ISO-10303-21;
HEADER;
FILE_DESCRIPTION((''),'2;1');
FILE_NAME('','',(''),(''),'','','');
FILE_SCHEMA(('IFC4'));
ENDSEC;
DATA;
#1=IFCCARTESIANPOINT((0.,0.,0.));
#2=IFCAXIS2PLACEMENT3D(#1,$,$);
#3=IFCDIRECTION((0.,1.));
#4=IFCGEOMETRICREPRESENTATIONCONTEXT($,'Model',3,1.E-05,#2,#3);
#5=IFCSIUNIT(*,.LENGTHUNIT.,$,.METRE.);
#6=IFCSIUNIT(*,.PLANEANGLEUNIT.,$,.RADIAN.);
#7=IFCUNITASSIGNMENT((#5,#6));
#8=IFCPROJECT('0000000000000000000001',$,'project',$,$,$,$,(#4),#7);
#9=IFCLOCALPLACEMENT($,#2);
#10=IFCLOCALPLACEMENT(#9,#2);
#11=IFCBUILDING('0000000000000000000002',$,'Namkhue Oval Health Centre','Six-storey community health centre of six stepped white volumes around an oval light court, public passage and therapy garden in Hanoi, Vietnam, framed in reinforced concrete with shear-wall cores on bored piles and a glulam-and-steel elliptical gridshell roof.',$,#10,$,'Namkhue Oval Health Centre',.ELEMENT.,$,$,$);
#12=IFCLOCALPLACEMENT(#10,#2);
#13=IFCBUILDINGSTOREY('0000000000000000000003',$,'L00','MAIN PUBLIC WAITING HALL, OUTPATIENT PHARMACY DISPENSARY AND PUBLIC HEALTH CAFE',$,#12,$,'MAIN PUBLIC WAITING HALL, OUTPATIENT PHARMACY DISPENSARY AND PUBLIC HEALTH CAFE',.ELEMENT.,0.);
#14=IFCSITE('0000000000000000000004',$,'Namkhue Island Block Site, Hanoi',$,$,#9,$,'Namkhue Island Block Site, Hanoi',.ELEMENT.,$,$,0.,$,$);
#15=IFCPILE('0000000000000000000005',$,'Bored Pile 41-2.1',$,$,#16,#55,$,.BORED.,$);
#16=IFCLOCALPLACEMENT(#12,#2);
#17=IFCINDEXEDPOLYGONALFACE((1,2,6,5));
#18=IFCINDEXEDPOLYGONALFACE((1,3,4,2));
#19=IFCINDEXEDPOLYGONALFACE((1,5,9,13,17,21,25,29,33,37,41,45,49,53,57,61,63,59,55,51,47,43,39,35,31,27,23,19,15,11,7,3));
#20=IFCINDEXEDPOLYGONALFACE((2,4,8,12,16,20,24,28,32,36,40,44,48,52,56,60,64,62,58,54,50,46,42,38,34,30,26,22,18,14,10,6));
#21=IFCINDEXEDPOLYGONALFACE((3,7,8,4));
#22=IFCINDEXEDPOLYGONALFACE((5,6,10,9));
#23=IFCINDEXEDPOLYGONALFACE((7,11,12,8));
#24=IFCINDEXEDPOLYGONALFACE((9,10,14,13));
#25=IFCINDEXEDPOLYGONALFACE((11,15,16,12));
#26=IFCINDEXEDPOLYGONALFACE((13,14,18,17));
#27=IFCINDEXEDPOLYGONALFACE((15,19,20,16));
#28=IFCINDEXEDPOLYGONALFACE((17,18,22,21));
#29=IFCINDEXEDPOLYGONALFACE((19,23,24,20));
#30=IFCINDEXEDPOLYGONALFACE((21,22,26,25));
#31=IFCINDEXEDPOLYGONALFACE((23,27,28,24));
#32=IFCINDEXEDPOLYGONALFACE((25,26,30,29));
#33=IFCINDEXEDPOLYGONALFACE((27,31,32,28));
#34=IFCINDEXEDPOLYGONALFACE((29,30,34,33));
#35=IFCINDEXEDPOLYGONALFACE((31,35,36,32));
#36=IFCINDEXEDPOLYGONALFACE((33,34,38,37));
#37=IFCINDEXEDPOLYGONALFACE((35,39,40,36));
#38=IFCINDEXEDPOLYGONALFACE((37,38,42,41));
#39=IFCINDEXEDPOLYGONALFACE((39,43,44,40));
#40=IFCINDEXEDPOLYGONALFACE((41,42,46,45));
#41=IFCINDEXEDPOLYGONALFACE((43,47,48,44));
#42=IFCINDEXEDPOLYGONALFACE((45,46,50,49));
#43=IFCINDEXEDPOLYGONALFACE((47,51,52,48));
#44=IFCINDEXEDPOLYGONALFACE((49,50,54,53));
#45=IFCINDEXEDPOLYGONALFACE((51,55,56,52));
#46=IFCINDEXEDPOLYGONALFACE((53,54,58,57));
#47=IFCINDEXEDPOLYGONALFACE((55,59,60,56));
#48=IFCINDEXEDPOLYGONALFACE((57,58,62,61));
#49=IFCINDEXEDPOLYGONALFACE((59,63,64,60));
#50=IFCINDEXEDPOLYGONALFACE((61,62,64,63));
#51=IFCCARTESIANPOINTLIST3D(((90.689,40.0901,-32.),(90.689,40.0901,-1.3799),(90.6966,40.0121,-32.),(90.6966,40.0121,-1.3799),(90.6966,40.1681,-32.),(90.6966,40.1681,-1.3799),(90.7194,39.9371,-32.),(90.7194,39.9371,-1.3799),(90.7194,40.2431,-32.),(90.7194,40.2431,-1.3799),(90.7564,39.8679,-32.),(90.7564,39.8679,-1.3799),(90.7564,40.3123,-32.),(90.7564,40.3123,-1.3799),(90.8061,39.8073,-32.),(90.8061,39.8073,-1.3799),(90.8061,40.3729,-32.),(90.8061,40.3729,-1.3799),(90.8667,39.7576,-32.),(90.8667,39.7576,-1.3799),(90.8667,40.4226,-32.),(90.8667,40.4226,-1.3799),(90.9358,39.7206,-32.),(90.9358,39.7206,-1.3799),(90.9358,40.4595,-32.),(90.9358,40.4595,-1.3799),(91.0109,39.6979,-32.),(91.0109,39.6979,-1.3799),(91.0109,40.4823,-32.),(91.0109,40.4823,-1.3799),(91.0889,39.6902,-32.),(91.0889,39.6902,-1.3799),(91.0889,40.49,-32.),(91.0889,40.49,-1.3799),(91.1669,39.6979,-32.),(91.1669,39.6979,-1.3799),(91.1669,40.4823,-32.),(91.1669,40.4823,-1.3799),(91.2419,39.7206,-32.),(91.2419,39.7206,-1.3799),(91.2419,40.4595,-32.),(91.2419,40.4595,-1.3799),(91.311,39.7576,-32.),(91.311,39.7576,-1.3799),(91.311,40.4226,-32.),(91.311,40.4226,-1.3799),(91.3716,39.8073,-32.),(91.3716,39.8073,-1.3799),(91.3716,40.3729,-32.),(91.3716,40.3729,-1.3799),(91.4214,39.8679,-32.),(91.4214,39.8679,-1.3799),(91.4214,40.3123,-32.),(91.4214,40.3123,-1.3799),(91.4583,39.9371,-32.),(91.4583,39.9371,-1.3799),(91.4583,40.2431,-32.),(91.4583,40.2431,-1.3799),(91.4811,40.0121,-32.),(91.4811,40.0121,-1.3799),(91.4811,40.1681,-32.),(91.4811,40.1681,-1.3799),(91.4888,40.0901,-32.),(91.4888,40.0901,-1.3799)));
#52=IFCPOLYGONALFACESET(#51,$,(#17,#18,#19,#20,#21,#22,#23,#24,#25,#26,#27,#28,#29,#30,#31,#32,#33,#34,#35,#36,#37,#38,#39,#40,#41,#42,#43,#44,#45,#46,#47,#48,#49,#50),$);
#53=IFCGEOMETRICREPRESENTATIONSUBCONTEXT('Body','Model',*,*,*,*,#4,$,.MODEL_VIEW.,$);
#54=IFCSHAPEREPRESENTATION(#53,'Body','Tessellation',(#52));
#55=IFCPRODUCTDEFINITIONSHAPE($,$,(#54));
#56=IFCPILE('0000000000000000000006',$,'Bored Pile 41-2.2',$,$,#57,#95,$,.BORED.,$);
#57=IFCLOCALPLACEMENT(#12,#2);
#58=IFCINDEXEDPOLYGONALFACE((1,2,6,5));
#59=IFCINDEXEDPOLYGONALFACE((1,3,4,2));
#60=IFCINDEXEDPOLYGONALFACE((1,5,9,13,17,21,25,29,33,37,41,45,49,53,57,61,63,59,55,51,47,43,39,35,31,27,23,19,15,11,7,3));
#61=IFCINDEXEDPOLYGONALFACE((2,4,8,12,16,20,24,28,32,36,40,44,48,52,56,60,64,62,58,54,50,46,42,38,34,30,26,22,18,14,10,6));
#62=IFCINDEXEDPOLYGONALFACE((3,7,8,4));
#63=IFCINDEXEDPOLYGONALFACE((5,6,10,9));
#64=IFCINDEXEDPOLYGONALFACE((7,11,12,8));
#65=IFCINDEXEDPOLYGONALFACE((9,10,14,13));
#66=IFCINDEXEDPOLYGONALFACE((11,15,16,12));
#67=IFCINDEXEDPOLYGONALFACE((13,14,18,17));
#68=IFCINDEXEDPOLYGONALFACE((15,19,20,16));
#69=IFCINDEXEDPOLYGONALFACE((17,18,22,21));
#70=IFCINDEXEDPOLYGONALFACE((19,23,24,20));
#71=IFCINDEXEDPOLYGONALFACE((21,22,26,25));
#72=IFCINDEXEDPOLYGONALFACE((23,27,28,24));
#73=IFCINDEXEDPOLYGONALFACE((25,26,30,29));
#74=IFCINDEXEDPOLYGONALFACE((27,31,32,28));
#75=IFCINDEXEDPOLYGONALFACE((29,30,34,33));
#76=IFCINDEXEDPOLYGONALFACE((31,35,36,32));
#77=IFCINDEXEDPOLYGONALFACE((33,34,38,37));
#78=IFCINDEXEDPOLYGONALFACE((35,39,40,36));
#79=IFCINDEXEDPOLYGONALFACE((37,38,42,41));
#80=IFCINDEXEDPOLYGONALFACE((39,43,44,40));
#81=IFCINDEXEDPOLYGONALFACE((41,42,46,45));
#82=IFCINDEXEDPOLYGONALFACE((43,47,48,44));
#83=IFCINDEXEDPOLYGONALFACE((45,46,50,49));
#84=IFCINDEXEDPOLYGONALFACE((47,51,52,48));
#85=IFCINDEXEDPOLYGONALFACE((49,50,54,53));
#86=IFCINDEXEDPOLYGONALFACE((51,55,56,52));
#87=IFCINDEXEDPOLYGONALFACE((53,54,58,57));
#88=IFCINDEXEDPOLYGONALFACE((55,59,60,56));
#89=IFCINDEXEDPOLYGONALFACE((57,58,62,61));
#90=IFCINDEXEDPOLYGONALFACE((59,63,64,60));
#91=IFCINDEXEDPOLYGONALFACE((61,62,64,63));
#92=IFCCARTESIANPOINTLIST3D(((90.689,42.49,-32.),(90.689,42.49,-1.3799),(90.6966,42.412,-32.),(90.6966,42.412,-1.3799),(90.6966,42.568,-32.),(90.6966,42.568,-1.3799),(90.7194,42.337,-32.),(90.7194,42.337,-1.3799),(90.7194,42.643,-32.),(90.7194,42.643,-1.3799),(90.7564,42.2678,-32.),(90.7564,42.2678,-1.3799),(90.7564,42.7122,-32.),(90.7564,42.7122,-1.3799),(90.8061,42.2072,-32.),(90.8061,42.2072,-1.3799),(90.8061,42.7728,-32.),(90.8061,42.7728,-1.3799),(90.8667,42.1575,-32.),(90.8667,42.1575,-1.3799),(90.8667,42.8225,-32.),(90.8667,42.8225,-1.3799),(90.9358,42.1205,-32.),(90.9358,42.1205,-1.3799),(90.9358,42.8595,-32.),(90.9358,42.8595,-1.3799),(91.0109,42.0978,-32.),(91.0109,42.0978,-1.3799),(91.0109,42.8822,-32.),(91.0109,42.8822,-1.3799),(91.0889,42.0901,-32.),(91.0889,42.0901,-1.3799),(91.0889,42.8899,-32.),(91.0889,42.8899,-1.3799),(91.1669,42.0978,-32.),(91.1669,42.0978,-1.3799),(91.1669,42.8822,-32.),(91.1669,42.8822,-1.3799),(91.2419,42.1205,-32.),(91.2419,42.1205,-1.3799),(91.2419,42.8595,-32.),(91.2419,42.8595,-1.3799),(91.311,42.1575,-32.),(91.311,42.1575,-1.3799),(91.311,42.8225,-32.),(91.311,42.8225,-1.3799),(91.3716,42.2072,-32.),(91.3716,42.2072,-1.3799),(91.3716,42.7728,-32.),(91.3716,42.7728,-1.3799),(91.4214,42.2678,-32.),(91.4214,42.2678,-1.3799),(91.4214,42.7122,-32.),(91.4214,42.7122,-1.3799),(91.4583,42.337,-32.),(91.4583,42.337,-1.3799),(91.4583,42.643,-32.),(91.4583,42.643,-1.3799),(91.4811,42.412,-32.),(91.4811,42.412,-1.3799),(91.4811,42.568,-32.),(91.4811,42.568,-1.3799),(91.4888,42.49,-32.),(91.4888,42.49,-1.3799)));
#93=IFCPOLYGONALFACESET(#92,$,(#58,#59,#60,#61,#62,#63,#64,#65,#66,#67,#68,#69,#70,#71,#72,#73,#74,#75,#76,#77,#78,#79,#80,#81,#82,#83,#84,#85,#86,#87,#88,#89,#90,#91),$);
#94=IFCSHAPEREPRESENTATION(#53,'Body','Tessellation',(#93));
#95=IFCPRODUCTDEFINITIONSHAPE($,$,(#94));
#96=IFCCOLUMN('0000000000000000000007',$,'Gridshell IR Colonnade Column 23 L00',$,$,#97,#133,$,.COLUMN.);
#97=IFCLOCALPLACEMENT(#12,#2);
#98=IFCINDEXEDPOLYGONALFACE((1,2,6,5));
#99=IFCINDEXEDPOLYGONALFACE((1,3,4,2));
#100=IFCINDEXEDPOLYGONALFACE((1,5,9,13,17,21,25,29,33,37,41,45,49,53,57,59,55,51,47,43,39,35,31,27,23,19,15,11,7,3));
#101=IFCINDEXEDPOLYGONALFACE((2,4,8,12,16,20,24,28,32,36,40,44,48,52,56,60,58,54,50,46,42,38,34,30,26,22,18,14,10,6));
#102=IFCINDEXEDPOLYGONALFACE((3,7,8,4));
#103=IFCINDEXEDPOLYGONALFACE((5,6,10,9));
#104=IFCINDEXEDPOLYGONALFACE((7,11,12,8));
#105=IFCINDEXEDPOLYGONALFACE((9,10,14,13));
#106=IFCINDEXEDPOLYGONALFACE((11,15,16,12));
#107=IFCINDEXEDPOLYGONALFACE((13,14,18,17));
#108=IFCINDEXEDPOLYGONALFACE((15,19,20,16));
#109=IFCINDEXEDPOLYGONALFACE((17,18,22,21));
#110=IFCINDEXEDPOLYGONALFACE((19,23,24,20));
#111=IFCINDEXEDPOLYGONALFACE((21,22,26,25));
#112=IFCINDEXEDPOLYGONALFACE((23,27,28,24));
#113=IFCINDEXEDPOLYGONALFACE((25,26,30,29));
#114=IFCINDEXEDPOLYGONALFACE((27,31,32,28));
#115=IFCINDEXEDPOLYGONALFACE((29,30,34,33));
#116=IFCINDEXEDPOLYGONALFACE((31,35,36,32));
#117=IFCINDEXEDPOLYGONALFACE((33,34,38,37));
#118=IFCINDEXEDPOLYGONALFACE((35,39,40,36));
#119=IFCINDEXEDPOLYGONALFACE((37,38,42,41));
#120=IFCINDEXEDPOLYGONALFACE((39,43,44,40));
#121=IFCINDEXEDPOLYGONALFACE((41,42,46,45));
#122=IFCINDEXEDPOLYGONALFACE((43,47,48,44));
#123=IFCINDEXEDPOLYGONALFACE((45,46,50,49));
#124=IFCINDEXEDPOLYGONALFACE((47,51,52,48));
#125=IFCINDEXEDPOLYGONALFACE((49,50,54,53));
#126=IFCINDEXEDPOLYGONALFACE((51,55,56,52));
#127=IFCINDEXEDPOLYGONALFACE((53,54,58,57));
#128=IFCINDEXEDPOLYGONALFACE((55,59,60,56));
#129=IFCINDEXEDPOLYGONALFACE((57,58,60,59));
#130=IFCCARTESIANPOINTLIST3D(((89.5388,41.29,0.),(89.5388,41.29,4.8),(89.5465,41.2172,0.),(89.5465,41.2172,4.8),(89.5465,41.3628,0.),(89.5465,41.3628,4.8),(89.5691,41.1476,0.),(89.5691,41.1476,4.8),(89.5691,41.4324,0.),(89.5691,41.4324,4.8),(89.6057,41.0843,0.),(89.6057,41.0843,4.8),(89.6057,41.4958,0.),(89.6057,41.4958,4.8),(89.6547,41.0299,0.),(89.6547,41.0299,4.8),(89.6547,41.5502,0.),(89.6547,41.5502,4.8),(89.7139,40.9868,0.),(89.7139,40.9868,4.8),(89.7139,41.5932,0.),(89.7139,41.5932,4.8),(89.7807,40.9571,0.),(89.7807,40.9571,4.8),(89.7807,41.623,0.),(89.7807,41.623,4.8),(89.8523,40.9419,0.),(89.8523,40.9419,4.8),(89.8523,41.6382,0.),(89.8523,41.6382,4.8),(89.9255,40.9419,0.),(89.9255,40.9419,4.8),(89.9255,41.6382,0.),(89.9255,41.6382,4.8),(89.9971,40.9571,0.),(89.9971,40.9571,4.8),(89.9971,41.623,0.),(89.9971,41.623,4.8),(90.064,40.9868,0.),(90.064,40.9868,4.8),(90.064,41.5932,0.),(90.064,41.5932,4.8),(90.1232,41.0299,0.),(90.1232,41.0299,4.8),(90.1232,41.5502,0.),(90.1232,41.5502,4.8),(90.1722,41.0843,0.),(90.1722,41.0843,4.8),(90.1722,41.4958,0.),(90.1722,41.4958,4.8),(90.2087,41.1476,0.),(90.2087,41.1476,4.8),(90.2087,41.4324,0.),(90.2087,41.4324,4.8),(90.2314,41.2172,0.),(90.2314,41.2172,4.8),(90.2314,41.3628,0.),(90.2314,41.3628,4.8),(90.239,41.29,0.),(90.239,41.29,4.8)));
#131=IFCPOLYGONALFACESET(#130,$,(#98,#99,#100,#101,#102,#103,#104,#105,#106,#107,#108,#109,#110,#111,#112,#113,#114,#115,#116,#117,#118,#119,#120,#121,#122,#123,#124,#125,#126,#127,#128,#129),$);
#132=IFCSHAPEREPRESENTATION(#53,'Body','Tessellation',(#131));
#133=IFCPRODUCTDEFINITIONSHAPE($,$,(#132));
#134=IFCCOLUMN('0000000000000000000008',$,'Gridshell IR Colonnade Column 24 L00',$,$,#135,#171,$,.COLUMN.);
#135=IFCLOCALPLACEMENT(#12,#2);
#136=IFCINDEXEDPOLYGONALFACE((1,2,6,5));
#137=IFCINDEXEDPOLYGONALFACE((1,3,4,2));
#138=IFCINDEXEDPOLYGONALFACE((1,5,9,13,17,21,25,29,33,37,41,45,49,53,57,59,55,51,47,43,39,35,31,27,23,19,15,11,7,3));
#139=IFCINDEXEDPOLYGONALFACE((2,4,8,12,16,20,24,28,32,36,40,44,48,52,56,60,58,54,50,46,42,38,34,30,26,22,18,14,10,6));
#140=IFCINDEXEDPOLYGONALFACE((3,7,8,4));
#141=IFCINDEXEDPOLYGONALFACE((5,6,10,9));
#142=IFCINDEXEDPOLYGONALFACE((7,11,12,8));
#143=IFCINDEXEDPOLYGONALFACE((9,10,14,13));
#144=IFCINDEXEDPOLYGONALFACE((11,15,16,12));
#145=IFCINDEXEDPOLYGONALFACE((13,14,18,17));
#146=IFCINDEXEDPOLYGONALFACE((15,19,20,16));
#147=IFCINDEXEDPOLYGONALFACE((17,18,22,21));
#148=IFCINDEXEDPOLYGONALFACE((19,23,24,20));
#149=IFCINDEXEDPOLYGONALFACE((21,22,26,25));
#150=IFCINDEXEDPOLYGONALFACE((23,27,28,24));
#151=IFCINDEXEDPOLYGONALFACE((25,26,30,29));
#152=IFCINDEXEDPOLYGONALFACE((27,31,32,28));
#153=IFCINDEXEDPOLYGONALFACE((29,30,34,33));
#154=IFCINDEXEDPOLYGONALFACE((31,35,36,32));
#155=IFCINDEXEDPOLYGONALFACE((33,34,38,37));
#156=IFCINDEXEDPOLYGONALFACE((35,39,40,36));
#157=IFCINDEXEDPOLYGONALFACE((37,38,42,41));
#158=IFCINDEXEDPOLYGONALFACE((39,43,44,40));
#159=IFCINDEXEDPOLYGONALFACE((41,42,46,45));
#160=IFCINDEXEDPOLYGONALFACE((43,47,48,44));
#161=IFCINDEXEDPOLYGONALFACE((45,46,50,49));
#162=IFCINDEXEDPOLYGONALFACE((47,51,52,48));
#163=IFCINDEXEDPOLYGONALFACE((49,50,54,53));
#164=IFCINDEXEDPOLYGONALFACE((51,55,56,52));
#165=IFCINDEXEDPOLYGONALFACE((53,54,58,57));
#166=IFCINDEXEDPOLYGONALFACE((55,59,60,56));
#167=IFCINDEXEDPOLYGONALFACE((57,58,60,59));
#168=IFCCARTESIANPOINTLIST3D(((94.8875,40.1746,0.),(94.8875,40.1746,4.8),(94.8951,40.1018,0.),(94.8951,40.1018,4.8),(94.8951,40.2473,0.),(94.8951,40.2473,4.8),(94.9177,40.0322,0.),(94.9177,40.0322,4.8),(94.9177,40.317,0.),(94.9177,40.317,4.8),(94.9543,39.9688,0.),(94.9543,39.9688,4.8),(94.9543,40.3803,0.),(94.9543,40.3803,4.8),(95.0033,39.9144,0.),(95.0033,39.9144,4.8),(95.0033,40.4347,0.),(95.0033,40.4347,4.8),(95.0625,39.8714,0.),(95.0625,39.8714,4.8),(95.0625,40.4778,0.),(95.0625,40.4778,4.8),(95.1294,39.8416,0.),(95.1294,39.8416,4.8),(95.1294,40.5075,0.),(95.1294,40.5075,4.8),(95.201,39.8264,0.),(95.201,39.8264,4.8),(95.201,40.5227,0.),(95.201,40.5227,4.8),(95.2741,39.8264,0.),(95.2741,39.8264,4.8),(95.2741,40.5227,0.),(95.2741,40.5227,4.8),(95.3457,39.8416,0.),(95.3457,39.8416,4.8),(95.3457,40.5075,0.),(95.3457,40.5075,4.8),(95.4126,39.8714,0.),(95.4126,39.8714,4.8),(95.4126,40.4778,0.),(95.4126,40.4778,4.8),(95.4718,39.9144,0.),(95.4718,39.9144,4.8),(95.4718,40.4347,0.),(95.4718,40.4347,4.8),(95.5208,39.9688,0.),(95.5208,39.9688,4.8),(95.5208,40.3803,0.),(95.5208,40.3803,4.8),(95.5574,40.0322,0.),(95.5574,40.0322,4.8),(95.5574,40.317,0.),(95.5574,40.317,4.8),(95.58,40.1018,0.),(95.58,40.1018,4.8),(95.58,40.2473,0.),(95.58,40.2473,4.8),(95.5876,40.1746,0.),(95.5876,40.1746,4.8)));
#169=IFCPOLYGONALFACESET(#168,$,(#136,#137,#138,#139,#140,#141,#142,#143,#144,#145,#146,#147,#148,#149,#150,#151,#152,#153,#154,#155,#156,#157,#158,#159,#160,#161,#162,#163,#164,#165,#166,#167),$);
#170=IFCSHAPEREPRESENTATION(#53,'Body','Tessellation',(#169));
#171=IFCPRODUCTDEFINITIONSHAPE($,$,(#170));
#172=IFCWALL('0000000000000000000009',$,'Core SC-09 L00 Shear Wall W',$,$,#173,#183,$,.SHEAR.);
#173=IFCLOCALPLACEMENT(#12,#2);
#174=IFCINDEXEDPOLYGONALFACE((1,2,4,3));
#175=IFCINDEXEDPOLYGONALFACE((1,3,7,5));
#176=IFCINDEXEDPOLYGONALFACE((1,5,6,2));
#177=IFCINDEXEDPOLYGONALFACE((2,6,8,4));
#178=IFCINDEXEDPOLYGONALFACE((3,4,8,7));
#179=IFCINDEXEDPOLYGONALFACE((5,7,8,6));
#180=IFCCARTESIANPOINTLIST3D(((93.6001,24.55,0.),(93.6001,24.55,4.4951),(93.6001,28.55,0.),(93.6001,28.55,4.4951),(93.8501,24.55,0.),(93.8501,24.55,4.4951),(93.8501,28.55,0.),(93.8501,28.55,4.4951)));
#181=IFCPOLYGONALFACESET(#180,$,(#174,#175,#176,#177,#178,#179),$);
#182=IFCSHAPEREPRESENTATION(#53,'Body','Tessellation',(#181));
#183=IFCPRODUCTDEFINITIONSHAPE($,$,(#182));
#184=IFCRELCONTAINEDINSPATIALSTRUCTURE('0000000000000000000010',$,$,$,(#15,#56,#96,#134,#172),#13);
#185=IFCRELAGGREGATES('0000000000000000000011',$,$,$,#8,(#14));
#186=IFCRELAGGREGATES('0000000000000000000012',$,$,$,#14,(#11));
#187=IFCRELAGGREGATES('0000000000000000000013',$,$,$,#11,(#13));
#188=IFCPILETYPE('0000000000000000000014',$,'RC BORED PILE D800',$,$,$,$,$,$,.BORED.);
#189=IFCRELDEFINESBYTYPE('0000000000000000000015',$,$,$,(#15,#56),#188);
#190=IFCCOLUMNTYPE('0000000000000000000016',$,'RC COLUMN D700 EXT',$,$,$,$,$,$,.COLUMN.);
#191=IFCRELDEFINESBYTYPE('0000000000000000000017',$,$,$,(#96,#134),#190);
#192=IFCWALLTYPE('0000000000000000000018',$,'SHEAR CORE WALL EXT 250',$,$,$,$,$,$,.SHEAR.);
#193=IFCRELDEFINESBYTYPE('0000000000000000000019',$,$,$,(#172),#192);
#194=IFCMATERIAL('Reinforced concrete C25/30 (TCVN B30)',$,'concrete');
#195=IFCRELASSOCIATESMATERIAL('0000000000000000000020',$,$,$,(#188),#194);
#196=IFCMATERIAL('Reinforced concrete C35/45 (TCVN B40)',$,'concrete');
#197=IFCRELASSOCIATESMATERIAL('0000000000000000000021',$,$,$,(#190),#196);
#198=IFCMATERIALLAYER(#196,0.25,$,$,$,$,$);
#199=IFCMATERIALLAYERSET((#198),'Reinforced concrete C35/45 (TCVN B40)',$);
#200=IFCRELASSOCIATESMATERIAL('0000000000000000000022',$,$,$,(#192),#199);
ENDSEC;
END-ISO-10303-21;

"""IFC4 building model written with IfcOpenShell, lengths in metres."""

from ifc_helpers import new_model, si_unit, direction, frame, frame_2d, origin, origin_2d, place, context, subcontext, project, spatial, rectangle, circle, extrude, material, layer, layer_set, material_profile, profile_set, type_object, element, save


model = new_model("IFC4")

# Units and contexts
model_context = context("Model", 3, precision=1e-05, world=origin(), true_north=direction((0.0, 1.0)))
body_context = subcontext(model_context, "Body", "Model", "MODEL_VIEW")
ifc_project = project(units=[si_unit("LENGTHUNIT", "METRE"), si_unit("PLANEANGLEUNIT", "RADIAN")], contexts=[model_context])

# Site, building, storey
site_placement = place(None, origin())
site = spatial("IfcSite", under=ifc_project, at=site_placement, Name="Namkhue Island Block Site, Hanoi", LongName="Namkhue Island Block Site, Hanoi", CompositionType="ELEMENT", RefElevation=0.0)
building_placement = place(site_placement, origin())
building = spatial("IfcBuilding", under=site, at=building_placement, Name="Namkhue Oval Health Centre", Description="Six-storey community health centre of six stepped white volumes around an oval light court, public passage and therapy garden in Hanoi, Vietnam, framed in reinforced concrete with shear-wall cores on bored piles and a glulam-and-steel elliptical gridshell roof.", LongName="Namkhue Oval Health Centre", CompositionType="ELEMENT")
storey_placement = place(building_placement, origin())
storey = spatial("IfcBuildingStorey", under=building, at=storey_placement, Name="L00", Description="MAIN PUBLIC WAITING HALL, OUTPATIENT PHARMACY DISPENSARY AND PUBLIC HEALTH CAFE", LongName="MAIN PUBLIC WAITING HALL, OUTPATIENT PHARMACY DISPENSARY AND PUBLIC HEALTH CAFE", CompositionType="ELEMENT", Elevation=0.0)

# Piles
ifc_material_1 = material(Name="Reinforced concrete C25/30 (TCVN B30)", Category="concrete")
ifc_material_profile_1 = material_profile(ifc_material_1, circle(Radius=0.3999, at=origin_2d()), Name="BORED PILE D800")
ifc_profile_set_1 = profile_set([ifc_material_profile_1], Name="Reinforced concrete C25/30 (TCVN B30)")
pile_type_1 = type_object("IfcPileType", Name="RC BORED PILE D800", PredefinedType="BORED", material=ifc_profile_set_1)
for number, where, z_axis, x_axis, name in (
    (1, (91.0889, 40.0901, -1.3799), (0.0, 0.0, -1.0), (1.0, 0.0, 0.0), "Bored Pile 41-2.1"),
    (2, (91.0889, 42.49, -1.3799), (0.0, 0.0, -1.0), (1.0, 0.0, 0.0), "Bored Pile 41-2.2"),
):
    element("IfcPile", number, at=place(storey_placement, frame(where, z_axis=z_axis, x_axis=x_axis)), inside=storey, type_object=pile_type_1, Name=name, PredefinedType="BORED", context=body_context, shape_type="SweptSolid", body=[
        extrude(circle(Radius=0.3999, at=origin_2d()), origin(), (0.0, 0.0, 1.0), 30.6201),
    ])

# Columns
ifc_material_2 = material(Name="Reinforced concrete C35/45 (TCVN B40)", Category="concrete")
ifc_material_profile_2 = material_profile(ifc_material_2, circle(Radius=0.3501, at=origin_2d()), Name="RC D700")
ifc_profile_set_2 = profile_set([ifc_material_profile_2], Name="Reinforced concrete C35/45 (TCVN B40)")
column_type = type_object("IfcColumnType", Name="RC COLUMN D700 EXT", PredefinedType="COLUMN", material=ifc_profile_set_2)
for number, where, z_axis, x_axis, name in (
    (3, (89.8889, 41.29, 0.0), (0.0, 0.0, 1.0), (1.0, 0.0, 0.0), "Gridshell IR Colonnade Column 23 L00"),
    (4, (95.2375, 40.1746, 0.0), (0.0, 0.0, 1.0), (1.0, 0.0, 0.0), "Gridshell IR Colonnade Column 24 L00"),
):
    element("IfcColumn", number, at=place(storey_placement, frame(where, z_axis=z_axis, x_axis=x_axis)), inside=storey, type_object=column_type, Name=name, PredefinedType="COLUMN", context=body_context, shape_type="SweptSolid", body=[
        extrude(circle(Radius=0.3501, at=origin_2d()), origin(), (0.0, 0.0, 1.0), 4.8),
    ])

# Wall
ifc_layer_1 = layer(ifc_material_2, 0.25)
ifc_layer_set_1 = layer_set([ifc_layer_1], Name="Reinforced concrete C35/45 (TCVN B40)")
wall_type = type_object("IfcWallType", Name="SHEAR CORE WALL EXT 250", PredefinedType="SHEAR", material=ifc_layer_set_1)
wall_placement = place(storey_placement, frame((93.7251, 28.55, 0.0), z_axis=(0.0, 0.0, 1.0), x_axis=(0.0, -1.0, 0.0)))
element("IfcWall", 5, at=wall_placement, inside=storey, type_object=wall_type, Name="Core SC-09 L00 Shear Wall W", PredefinedType="SHEAR", context=body_context, shape_type="SweptSolid", body=[
    extrude(rectangle(XDim=4.0, YDim=0.25, at=frame_2d((2.0, 0.0))), origin(), (0.0, 0.0, 1.0), 4.4951),
])

save(model, "model.ifc")
